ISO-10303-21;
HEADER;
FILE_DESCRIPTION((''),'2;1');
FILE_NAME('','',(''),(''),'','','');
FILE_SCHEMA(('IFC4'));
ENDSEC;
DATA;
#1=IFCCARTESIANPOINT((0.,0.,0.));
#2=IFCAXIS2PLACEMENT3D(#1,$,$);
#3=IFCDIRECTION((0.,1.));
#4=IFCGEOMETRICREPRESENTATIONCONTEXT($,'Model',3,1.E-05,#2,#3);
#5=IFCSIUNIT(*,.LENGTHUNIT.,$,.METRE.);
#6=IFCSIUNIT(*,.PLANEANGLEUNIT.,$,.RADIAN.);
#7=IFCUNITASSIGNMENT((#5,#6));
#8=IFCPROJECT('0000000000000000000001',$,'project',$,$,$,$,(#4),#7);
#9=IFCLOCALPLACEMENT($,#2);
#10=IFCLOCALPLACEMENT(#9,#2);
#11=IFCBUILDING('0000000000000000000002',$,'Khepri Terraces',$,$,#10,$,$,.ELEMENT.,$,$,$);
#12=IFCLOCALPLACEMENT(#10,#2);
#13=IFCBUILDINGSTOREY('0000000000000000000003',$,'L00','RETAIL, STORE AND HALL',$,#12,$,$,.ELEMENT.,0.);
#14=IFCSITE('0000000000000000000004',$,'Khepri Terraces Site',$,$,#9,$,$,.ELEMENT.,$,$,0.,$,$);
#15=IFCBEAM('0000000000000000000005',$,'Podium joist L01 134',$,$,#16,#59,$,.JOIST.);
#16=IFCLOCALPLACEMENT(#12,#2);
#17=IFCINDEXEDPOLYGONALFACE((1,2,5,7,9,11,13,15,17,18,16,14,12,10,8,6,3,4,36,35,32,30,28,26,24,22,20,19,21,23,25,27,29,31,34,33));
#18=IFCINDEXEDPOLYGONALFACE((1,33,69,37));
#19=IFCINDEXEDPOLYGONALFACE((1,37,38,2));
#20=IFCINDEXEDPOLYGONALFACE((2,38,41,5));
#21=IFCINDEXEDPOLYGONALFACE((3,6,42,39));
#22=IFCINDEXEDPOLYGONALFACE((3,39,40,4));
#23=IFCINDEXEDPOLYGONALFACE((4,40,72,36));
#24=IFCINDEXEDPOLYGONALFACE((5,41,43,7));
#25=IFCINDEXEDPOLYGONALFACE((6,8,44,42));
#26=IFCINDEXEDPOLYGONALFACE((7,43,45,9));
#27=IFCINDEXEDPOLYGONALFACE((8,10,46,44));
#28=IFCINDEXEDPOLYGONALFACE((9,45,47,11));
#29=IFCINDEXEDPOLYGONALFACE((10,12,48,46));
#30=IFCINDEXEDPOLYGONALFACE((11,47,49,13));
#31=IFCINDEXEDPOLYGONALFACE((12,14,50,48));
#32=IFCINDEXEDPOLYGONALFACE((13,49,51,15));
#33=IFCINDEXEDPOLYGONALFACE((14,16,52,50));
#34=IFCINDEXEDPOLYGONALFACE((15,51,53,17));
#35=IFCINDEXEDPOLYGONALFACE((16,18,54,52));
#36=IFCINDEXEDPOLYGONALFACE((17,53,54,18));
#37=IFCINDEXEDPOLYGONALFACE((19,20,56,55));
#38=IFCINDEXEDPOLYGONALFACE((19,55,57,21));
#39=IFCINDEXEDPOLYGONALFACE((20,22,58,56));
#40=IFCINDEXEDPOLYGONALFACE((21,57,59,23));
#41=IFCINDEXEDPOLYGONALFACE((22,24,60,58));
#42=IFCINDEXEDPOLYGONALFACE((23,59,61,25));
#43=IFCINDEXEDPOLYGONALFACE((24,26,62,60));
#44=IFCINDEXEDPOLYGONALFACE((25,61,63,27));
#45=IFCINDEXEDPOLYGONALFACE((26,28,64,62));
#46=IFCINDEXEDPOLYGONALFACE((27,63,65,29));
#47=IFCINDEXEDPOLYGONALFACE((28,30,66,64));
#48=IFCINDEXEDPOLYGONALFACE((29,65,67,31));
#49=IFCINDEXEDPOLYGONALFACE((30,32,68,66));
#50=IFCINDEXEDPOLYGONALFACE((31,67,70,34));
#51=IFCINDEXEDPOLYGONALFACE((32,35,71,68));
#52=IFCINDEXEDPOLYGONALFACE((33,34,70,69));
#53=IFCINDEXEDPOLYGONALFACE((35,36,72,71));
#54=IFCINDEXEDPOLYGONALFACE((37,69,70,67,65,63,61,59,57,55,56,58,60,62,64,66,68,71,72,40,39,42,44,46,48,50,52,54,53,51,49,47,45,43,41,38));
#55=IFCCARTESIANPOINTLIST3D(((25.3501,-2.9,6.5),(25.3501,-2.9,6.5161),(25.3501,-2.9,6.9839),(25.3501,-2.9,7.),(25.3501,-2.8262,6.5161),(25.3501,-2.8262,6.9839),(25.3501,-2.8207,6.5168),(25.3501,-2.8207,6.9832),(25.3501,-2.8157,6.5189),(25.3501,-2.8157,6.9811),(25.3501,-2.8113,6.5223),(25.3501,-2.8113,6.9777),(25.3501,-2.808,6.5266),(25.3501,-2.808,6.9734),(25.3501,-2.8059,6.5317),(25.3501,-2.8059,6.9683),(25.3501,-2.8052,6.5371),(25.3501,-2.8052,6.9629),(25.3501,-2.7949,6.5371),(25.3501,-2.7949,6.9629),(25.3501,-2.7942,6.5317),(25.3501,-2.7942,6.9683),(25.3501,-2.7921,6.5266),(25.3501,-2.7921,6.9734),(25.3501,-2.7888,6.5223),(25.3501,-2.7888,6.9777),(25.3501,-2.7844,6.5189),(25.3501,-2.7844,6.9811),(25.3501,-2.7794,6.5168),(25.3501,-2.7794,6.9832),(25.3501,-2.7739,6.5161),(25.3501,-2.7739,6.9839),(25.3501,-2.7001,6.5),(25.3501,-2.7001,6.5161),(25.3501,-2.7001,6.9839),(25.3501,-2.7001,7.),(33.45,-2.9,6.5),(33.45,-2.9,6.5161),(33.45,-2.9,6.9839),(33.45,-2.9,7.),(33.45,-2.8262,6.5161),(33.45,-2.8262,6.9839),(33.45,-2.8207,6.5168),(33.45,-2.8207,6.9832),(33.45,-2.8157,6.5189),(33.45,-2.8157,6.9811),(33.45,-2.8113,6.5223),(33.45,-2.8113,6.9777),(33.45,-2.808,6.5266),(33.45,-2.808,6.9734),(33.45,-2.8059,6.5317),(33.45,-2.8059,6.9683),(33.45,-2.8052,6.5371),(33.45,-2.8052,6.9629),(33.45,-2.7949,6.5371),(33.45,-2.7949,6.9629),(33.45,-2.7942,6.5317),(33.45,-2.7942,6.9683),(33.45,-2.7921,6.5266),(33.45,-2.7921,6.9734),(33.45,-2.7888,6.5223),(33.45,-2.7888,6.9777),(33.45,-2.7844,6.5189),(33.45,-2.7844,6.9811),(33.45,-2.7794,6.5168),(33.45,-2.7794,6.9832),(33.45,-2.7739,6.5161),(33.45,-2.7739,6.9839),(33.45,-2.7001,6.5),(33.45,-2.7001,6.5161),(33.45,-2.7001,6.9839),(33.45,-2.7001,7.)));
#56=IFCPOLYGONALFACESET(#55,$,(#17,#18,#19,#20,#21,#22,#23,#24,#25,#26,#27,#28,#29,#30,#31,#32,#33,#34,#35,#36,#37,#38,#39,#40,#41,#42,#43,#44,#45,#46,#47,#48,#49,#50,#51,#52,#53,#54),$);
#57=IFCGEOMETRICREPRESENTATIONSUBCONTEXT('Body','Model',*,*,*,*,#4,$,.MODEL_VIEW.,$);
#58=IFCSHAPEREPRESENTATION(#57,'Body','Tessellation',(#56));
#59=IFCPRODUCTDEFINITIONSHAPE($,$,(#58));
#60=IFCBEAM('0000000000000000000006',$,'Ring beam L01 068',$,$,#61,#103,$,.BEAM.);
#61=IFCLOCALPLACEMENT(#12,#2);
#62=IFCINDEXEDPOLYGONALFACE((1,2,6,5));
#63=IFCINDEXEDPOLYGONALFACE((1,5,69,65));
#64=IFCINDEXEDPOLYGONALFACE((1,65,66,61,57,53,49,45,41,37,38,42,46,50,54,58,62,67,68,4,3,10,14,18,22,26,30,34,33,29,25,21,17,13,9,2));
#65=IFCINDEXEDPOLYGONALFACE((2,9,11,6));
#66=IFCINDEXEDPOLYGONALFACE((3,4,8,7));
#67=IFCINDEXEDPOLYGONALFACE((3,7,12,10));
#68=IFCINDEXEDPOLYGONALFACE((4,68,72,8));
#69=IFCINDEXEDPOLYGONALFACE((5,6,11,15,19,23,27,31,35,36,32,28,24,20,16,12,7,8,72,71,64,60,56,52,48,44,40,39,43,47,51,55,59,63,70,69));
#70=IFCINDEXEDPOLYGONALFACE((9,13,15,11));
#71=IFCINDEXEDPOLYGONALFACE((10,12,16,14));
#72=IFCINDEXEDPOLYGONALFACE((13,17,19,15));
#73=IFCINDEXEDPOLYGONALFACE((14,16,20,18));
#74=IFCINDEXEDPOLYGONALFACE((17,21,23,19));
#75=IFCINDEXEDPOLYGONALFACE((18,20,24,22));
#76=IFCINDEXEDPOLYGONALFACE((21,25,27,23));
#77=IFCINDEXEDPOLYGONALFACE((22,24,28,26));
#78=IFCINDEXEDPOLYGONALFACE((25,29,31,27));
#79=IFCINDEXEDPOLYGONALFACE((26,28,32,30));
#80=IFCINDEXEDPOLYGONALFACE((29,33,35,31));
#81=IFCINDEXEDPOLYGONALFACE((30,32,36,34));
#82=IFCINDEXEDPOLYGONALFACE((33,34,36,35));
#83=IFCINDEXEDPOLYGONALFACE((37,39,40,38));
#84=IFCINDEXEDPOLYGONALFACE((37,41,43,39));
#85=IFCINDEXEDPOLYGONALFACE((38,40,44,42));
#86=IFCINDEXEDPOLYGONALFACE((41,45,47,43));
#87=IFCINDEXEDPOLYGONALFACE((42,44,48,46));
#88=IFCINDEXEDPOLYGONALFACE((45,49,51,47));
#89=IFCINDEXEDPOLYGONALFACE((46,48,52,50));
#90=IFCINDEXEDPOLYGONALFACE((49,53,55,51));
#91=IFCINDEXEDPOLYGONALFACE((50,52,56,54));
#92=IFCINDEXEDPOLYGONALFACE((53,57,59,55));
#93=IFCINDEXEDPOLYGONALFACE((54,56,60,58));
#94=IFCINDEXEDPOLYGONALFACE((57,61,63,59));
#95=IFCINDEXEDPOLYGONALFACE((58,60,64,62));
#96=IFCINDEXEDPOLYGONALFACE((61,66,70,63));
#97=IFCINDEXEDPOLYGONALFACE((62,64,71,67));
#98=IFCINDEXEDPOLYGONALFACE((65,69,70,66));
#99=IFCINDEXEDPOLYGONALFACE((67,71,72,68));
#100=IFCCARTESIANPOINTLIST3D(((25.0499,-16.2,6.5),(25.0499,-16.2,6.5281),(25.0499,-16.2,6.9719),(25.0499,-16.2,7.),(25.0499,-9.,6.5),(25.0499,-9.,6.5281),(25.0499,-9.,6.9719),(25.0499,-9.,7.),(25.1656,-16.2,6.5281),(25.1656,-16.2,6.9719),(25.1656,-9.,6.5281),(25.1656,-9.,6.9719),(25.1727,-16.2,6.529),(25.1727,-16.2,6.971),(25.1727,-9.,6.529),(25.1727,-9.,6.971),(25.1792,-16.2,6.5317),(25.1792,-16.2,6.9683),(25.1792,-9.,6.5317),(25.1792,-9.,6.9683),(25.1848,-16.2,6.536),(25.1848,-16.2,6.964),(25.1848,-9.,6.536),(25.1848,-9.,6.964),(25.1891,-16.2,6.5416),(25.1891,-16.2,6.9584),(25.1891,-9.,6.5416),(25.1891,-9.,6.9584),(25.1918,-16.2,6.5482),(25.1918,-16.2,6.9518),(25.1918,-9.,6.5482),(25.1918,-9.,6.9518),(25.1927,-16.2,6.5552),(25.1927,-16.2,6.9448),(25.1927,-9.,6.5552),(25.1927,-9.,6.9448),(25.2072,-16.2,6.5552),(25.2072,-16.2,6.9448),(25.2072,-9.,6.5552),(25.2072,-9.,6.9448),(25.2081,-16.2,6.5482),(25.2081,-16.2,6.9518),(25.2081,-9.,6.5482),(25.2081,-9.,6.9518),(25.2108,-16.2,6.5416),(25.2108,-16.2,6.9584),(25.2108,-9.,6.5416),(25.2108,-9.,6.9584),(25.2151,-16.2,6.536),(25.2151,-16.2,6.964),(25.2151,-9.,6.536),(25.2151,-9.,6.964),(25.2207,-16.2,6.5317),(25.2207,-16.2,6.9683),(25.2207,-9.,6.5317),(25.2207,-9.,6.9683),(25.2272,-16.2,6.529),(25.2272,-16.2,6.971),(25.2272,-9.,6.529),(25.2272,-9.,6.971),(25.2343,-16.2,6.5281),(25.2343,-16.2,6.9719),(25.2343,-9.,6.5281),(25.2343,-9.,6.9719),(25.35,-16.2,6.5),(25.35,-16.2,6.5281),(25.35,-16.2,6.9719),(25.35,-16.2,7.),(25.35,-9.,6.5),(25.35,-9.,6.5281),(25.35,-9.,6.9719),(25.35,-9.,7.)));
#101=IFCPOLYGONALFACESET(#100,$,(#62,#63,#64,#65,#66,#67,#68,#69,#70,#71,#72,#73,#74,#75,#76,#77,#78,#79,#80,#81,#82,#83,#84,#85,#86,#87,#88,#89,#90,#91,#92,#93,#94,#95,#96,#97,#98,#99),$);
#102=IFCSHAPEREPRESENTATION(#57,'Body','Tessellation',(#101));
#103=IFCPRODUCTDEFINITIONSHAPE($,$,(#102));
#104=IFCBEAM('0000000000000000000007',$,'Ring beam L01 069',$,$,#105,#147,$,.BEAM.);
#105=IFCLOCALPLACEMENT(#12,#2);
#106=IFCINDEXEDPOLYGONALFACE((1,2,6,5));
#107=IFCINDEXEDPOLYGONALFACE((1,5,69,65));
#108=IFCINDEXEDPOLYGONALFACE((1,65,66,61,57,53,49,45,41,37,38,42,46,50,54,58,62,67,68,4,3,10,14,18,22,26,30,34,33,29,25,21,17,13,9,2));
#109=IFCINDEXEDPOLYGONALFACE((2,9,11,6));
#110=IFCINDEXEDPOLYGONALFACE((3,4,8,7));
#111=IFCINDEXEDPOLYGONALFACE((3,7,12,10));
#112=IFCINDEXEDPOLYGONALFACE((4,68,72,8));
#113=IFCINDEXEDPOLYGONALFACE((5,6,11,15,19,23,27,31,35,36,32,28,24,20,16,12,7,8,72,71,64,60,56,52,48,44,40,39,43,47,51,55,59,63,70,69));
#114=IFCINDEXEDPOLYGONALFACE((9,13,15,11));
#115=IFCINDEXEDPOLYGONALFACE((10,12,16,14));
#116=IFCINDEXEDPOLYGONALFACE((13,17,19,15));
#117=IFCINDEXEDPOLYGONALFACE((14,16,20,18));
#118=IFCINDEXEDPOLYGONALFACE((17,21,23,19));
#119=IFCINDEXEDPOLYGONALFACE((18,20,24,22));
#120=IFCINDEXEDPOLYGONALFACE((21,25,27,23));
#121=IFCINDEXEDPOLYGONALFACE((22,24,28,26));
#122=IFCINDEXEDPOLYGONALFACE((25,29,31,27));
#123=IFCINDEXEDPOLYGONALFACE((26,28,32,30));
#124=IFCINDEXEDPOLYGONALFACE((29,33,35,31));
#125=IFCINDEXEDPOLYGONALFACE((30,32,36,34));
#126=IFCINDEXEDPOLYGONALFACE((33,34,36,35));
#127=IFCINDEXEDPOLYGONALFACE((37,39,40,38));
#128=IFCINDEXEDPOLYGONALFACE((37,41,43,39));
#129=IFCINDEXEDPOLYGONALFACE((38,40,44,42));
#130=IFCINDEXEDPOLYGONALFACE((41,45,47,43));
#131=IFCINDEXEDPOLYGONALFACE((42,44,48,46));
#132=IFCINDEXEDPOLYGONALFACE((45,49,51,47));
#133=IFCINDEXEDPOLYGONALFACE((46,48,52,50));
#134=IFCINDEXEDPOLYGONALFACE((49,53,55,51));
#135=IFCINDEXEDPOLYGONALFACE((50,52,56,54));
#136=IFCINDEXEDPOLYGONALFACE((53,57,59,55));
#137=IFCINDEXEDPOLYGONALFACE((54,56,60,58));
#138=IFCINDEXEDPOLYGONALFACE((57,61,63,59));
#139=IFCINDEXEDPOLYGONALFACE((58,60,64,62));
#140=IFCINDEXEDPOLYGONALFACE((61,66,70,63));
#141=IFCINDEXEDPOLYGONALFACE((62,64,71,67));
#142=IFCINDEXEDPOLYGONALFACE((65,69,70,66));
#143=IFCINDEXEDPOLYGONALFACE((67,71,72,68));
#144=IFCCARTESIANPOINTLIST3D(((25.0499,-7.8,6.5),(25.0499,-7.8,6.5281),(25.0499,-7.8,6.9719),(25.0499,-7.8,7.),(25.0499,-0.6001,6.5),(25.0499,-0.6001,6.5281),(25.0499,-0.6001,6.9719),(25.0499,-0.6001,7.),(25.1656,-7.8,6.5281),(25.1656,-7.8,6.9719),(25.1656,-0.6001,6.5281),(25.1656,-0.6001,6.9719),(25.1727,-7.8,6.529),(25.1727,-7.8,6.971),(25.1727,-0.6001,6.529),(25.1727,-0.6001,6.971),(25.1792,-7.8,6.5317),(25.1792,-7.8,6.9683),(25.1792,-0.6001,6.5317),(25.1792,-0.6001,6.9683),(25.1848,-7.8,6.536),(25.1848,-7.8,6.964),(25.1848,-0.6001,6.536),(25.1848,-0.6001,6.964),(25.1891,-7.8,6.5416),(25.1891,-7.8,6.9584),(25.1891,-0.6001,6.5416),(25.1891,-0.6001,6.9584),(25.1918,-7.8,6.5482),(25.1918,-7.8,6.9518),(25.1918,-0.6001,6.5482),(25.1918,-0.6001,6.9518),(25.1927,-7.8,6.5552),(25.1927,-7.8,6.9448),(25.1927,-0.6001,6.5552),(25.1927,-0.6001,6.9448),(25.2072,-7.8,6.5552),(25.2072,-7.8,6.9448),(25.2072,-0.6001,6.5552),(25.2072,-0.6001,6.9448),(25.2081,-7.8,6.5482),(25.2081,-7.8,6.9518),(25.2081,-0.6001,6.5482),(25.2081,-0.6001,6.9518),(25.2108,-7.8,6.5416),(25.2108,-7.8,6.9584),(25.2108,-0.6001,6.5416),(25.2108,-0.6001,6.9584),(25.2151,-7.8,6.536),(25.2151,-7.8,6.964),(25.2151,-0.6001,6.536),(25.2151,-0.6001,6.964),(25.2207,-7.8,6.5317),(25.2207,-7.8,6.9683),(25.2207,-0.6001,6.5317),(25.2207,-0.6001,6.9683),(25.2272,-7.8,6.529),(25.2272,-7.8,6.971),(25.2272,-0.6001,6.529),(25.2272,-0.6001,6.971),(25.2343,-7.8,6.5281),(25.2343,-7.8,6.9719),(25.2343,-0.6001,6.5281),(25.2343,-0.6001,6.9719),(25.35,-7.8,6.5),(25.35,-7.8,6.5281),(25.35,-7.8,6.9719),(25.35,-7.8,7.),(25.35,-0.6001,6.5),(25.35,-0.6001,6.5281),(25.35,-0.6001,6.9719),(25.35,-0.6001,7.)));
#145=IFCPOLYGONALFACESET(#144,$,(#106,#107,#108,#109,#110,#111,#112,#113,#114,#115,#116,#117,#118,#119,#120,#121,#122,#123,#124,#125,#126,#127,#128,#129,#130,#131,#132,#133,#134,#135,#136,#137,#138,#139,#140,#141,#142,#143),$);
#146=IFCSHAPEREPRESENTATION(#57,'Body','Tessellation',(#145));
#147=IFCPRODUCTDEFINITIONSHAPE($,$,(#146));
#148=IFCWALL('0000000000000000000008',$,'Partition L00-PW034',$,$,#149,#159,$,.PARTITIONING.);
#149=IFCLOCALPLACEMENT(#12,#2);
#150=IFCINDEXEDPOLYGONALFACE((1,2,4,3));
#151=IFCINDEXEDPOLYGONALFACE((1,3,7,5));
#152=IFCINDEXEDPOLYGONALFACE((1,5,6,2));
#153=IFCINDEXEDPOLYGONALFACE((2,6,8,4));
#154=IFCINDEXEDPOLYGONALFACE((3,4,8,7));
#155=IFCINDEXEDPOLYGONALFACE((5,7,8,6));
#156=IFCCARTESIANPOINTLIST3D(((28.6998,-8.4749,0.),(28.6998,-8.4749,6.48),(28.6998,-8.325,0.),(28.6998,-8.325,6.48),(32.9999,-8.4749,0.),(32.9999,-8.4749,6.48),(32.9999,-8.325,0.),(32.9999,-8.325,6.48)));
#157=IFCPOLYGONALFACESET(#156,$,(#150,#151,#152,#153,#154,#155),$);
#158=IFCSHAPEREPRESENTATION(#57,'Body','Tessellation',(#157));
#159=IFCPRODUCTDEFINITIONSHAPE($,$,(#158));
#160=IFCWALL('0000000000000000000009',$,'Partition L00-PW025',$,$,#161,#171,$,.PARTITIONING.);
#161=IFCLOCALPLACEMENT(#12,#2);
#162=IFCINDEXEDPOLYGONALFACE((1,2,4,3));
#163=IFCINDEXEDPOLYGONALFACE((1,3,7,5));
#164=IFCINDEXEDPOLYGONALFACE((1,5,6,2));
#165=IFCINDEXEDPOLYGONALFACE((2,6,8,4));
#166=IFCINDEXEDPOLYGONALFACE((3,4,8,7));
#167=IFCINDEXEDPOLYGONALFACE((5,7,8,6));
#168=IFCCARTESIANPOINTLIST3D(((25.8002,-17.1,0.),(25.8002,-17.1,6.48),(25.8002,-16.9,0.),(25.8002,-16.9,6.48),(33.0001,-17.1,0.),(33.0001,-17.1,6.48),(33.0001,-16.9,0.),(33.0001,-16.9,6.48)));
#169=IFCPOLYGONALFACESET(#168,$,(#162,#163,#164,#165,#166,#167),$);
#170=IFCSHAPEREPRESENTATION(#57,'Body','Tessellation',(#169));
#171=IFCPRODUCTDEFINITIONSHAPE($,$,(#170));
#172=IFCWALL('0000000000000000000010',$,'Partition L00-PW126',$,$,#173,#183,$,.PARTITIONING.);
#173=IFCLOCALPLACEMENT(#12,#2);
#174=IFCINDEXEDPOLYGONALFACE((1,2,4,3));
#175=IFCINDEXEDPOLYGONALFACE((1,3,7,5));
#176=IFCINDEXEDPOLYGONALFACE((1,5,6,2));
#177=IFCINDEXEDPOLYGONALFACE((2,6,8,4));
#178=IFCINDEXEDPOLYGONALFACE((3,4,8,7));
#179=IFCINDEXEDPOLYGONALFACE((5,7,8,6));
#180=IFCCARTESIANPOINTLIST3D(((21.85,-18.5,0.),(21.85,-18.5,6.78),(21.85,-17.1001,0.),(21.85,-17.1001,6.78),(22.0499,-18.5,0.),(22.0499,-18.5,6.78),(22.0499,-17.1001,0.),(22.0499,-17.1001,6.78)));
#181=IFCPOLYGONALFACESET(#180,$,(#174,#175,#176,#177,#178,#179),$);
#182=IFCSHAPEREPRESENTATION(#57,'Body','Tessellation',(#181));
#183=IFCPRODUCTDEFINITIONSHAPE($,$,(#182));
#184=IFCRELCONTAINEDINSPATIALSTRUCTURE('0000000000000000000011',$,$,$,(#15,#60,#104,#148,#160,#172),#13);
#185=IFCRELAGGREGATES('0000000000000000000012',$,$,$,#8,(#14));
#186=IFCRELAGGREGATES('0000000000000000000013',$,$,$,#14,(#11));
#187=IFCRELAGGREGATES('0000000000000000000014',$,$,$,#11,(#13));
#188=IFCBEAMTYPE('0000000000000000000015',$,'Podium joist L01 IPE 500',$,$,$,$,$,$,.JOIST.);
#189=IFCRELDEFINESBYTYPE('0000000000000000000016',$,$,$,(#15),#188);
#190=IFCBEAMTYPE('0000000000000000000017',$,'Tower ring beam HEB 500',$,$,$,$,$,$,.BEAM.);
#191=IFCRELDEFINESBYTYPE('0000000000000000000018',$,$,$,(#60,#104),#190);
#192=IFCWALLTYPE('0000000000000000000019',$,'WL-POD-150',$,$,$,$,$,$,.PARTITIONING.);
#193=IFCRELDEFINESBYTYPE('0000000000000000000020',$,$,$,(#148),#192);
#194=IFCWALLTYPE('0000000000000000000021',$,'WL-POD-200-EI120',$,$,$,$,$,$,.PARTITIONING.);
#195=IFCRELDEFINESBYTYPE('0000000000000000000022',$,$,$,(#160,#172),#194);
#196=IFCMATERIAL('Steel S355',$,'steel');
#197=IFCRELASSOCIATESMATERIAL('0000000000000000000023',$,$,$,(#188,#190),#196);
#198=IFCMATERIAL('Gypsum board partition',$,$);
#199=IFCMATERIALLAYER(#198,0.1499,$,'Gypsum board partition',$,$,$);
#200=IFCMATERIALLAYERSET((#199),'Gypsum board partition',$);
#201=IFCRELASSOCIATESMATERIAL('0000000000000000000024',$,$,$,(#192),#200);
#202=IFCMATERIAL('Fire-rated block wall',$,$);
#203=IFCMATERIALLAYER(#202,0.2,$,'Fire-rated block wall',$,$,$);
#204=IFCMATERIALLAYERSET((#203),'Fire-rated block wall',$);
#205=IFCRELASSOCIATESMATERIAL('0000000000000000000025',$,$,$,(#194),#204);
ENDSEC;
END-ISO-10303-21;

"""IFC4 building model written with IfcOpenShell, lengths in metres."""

from ifc_helpers import new_model, si_unit, direction, frame, frame_2d, origin, origin_2d, place, context, subcontext, project, spatial, rectangle, i_section, extrude, material, layer, layer_set, material_profile, profile_set, type_object, element, save


model = new_model("IFC4")

# Units and contexts
model_context = context("Model", 3, precision=1e-05, world=origin(), true_north=direction((0.0, 1.0)))
body_context = subcontext(model_context, "Body", "Model", "MODEL_VIEW")
ifc_project = project(units=[si_unit("LENGTHUNIT", "METRE"), si_unit("PLANEANGLEUNIT", "RADIAN")], contexts=[model_context])

# Site, building, storey
site_placement = place(None, origin())
site = spatial("IfcSite", under=ifc_project, at=site_placement, Name="Khepri Terraces Site", CompositionType="ELEMENT", RefElevation=0.0)
building_placement = place(site_placement, origin())
building = spatial("IfcBuilding", under=site, at=building_placement, Name="Khepri Terraces", CompositionType="ELEMENT")
storey_placement = place(building_placement, origin())
storey = spatial("IfcBuildingStorey", under=building, at=storey_placement, Name="L00", Description="RETAIL, STORE AND HALL", CompositionType="ELEMENT", Elevation=0.0)

# Beams
ifc_material_1 = material(Name="Steel S355", Category="steel")
ifc_material_profile_1 = material_profile(ifc_material_1, i_section(OverallWidth=0.2, OverallDepth=0.5, WebThickness=0.0103, FlangeThickness=0.0161, FilletRadius=0.021, at=origin_2d()), Name="Steel S355", Category="steel")
ifc_profile_set_1 = profile_set([ifc_material_profile_1], Name="Steel S355")
beam_type_1 = type_object("IfcBeamType", Name="Podium joist L01 IPE 500", PredefinedType="JOIST", material=ifc_profile_set_1)
for number, where, z_axis, x_axis, name in (
    (1, (25.3501, -2.8, 6.75), (1.0, 0.0, 0.0), (0.0, 1.0, 0.0), "Podium joist L01 134"),
):
    element("IfcBeam", number, at=place(storey_placement, frame(where, z_axis=z_axis, x_axis=x_axis)), inside=storey, type_object=beam_type_1, Name=name, PredefinedType="JOIST", context=body_context, shape_type="SweptSolid", body=[
        extrude(i_section(OverallWidth=0.2, OverallDepth=0.5, WebThickness=0.0103, FlangeThickness=0.0161, FilletRadius=0.021, at=origin_2d()), origin(), (0.0, 0.0, 1.0), 8.0999),
    ])
ifc_material_profile_2 = material_profile(ifc_material_1, i_section(OverallWidth=0.3, OverallDepth=0.5, WebThickness=0.0144, FlangeThickness=0.0281, FilletRadius=0.0271, at=origin_2d()), Name="Steel S355", Category="steel")
ifc_profile_set_2 = profile_set([ifc_material_profile_2], Name="Steel S355")
beam_type_2 = type_object("IfcBeamType", Name="Tower ring beam HEB 500", PredefinedType="BEAM", material=ifc_profile_set_2)
for number, where, z_axis, x_axis, name in (
    (2, (25.2, -16.2, 6.75), (0.0, 1.0, 0.0), (-1.0, 0.0, 0.0), "Ring beam L01 068"),
    (3, (25.2, -7.8, 6.75), (0.0, 1.0, 0.0), (-1.0, 0.0, 0.0), "Ring beam L01 069"),
):
    element("IfcBeam", number, at=place(storey_placement, frame(where, z_axis=z_axis, x_axis=x_axis)), inside=storey, type_object=beam_type_2, Name=name, PredefinedType="BEAM", context=body_context, shape_type="SweptSolid", body=[
        extrude(i_section(OverallWidth=0.3, OverallDepth=0.5, WebThickness=0.0144, FlangeThickness=0.0281, FilletRadius=0.0271, at=origin_2d()), origin(), (0.0, 0.0, 1.0), 7.2),
    ])

# Walls
ifc_material_2 = material(Name="Gypsum board partition")
ifc_layer_1 = layer(ifc_material_2, 0.1499, Name="Gypsum board partition")
ifc_layer_set_1 = layer_set([ifc_layer_1], Name="Gypsum board partition")
wall_type_1 = type_object("IfcWallType", Name="WL-POD-150", PredefinedType="PARTITIONING", material=ifc_layer_set_1)
wall_1_placement = place(storey_placement, frame((28.7, -8.3999, 0.0), z_axis=(0.0, 0.0, 1.0), x_axis=(1.0, 0.0, 0.0)))
element("IfcWall", 4, at=wall_1_placement, inside=storey, type_object=wall_type_1, Name="Partition L00-PW034", PredefinedType="PARTITIONING", context=body_context, shape_type="SweptSolid", body=[
    extrude(rectangle(XDim=4.3, YDim=0.1499, at=frame_2d((2.1499, 0.0))), origin(), (0.0, 0.0, 1.0), 6.48),
])
ifc_material_3 = material(Name="Fire-rated block wall")
ifc_layer_2 = layer(ifc_material_3, 0.2, Name="Fire-rated block wall")
ifc_layer_set_2 = layer_set([ifc_layer_2], Name="Fire-rated block wall")
wall_type_2 = type_object("IfcWallType", Name="WL-POD-200-EI120", PredefinedType="PARTITIONING", material=ifc_layer_set_2)
wall_2_placement = place(storey_placement, frame((25.8, -17.0, 0.0), z_axis=(0.0, 0.0, 1.0), x_axis=(1.0, 0.0, 0.0)))
element("IfcWall", 5, at=wall_2_placement, inside=storey, type_object=wall_type_2, Name="Partition L00-PW025", PredefinedType="PARTITIONING", context=body_context, shape_type="SweptSolid", body=[
    extrude(rectangle(XDim=7.2, YDim=0.2, at=frame_2d((3.6001, 0.0))), origin(), (0.0, 0.0, 1.0), 6.48),
])
wall_3_placement = place(storey_placement, frame((21.95, -18.5, 0.0), z_axis=(0.0, 0.0, 1.0), x_axis=(0.0, 1.0, 0.0)))
element("IfcWall", 6, at=wall_3_placement, inside=storey, type_object=wall_type_2, Name="Partition L00-PW126", PredefinedType="PARTITIONING", context=body_context, shape_type="SweptSolid", body=[
    extrude(rectangle(XDim=1.3999, YDim=0.2, at=frame_2d((0.7, 0.0))), origin(), (0.0, 0.0, 1.0), 6.78),
])

save(model, "model.ifc")
